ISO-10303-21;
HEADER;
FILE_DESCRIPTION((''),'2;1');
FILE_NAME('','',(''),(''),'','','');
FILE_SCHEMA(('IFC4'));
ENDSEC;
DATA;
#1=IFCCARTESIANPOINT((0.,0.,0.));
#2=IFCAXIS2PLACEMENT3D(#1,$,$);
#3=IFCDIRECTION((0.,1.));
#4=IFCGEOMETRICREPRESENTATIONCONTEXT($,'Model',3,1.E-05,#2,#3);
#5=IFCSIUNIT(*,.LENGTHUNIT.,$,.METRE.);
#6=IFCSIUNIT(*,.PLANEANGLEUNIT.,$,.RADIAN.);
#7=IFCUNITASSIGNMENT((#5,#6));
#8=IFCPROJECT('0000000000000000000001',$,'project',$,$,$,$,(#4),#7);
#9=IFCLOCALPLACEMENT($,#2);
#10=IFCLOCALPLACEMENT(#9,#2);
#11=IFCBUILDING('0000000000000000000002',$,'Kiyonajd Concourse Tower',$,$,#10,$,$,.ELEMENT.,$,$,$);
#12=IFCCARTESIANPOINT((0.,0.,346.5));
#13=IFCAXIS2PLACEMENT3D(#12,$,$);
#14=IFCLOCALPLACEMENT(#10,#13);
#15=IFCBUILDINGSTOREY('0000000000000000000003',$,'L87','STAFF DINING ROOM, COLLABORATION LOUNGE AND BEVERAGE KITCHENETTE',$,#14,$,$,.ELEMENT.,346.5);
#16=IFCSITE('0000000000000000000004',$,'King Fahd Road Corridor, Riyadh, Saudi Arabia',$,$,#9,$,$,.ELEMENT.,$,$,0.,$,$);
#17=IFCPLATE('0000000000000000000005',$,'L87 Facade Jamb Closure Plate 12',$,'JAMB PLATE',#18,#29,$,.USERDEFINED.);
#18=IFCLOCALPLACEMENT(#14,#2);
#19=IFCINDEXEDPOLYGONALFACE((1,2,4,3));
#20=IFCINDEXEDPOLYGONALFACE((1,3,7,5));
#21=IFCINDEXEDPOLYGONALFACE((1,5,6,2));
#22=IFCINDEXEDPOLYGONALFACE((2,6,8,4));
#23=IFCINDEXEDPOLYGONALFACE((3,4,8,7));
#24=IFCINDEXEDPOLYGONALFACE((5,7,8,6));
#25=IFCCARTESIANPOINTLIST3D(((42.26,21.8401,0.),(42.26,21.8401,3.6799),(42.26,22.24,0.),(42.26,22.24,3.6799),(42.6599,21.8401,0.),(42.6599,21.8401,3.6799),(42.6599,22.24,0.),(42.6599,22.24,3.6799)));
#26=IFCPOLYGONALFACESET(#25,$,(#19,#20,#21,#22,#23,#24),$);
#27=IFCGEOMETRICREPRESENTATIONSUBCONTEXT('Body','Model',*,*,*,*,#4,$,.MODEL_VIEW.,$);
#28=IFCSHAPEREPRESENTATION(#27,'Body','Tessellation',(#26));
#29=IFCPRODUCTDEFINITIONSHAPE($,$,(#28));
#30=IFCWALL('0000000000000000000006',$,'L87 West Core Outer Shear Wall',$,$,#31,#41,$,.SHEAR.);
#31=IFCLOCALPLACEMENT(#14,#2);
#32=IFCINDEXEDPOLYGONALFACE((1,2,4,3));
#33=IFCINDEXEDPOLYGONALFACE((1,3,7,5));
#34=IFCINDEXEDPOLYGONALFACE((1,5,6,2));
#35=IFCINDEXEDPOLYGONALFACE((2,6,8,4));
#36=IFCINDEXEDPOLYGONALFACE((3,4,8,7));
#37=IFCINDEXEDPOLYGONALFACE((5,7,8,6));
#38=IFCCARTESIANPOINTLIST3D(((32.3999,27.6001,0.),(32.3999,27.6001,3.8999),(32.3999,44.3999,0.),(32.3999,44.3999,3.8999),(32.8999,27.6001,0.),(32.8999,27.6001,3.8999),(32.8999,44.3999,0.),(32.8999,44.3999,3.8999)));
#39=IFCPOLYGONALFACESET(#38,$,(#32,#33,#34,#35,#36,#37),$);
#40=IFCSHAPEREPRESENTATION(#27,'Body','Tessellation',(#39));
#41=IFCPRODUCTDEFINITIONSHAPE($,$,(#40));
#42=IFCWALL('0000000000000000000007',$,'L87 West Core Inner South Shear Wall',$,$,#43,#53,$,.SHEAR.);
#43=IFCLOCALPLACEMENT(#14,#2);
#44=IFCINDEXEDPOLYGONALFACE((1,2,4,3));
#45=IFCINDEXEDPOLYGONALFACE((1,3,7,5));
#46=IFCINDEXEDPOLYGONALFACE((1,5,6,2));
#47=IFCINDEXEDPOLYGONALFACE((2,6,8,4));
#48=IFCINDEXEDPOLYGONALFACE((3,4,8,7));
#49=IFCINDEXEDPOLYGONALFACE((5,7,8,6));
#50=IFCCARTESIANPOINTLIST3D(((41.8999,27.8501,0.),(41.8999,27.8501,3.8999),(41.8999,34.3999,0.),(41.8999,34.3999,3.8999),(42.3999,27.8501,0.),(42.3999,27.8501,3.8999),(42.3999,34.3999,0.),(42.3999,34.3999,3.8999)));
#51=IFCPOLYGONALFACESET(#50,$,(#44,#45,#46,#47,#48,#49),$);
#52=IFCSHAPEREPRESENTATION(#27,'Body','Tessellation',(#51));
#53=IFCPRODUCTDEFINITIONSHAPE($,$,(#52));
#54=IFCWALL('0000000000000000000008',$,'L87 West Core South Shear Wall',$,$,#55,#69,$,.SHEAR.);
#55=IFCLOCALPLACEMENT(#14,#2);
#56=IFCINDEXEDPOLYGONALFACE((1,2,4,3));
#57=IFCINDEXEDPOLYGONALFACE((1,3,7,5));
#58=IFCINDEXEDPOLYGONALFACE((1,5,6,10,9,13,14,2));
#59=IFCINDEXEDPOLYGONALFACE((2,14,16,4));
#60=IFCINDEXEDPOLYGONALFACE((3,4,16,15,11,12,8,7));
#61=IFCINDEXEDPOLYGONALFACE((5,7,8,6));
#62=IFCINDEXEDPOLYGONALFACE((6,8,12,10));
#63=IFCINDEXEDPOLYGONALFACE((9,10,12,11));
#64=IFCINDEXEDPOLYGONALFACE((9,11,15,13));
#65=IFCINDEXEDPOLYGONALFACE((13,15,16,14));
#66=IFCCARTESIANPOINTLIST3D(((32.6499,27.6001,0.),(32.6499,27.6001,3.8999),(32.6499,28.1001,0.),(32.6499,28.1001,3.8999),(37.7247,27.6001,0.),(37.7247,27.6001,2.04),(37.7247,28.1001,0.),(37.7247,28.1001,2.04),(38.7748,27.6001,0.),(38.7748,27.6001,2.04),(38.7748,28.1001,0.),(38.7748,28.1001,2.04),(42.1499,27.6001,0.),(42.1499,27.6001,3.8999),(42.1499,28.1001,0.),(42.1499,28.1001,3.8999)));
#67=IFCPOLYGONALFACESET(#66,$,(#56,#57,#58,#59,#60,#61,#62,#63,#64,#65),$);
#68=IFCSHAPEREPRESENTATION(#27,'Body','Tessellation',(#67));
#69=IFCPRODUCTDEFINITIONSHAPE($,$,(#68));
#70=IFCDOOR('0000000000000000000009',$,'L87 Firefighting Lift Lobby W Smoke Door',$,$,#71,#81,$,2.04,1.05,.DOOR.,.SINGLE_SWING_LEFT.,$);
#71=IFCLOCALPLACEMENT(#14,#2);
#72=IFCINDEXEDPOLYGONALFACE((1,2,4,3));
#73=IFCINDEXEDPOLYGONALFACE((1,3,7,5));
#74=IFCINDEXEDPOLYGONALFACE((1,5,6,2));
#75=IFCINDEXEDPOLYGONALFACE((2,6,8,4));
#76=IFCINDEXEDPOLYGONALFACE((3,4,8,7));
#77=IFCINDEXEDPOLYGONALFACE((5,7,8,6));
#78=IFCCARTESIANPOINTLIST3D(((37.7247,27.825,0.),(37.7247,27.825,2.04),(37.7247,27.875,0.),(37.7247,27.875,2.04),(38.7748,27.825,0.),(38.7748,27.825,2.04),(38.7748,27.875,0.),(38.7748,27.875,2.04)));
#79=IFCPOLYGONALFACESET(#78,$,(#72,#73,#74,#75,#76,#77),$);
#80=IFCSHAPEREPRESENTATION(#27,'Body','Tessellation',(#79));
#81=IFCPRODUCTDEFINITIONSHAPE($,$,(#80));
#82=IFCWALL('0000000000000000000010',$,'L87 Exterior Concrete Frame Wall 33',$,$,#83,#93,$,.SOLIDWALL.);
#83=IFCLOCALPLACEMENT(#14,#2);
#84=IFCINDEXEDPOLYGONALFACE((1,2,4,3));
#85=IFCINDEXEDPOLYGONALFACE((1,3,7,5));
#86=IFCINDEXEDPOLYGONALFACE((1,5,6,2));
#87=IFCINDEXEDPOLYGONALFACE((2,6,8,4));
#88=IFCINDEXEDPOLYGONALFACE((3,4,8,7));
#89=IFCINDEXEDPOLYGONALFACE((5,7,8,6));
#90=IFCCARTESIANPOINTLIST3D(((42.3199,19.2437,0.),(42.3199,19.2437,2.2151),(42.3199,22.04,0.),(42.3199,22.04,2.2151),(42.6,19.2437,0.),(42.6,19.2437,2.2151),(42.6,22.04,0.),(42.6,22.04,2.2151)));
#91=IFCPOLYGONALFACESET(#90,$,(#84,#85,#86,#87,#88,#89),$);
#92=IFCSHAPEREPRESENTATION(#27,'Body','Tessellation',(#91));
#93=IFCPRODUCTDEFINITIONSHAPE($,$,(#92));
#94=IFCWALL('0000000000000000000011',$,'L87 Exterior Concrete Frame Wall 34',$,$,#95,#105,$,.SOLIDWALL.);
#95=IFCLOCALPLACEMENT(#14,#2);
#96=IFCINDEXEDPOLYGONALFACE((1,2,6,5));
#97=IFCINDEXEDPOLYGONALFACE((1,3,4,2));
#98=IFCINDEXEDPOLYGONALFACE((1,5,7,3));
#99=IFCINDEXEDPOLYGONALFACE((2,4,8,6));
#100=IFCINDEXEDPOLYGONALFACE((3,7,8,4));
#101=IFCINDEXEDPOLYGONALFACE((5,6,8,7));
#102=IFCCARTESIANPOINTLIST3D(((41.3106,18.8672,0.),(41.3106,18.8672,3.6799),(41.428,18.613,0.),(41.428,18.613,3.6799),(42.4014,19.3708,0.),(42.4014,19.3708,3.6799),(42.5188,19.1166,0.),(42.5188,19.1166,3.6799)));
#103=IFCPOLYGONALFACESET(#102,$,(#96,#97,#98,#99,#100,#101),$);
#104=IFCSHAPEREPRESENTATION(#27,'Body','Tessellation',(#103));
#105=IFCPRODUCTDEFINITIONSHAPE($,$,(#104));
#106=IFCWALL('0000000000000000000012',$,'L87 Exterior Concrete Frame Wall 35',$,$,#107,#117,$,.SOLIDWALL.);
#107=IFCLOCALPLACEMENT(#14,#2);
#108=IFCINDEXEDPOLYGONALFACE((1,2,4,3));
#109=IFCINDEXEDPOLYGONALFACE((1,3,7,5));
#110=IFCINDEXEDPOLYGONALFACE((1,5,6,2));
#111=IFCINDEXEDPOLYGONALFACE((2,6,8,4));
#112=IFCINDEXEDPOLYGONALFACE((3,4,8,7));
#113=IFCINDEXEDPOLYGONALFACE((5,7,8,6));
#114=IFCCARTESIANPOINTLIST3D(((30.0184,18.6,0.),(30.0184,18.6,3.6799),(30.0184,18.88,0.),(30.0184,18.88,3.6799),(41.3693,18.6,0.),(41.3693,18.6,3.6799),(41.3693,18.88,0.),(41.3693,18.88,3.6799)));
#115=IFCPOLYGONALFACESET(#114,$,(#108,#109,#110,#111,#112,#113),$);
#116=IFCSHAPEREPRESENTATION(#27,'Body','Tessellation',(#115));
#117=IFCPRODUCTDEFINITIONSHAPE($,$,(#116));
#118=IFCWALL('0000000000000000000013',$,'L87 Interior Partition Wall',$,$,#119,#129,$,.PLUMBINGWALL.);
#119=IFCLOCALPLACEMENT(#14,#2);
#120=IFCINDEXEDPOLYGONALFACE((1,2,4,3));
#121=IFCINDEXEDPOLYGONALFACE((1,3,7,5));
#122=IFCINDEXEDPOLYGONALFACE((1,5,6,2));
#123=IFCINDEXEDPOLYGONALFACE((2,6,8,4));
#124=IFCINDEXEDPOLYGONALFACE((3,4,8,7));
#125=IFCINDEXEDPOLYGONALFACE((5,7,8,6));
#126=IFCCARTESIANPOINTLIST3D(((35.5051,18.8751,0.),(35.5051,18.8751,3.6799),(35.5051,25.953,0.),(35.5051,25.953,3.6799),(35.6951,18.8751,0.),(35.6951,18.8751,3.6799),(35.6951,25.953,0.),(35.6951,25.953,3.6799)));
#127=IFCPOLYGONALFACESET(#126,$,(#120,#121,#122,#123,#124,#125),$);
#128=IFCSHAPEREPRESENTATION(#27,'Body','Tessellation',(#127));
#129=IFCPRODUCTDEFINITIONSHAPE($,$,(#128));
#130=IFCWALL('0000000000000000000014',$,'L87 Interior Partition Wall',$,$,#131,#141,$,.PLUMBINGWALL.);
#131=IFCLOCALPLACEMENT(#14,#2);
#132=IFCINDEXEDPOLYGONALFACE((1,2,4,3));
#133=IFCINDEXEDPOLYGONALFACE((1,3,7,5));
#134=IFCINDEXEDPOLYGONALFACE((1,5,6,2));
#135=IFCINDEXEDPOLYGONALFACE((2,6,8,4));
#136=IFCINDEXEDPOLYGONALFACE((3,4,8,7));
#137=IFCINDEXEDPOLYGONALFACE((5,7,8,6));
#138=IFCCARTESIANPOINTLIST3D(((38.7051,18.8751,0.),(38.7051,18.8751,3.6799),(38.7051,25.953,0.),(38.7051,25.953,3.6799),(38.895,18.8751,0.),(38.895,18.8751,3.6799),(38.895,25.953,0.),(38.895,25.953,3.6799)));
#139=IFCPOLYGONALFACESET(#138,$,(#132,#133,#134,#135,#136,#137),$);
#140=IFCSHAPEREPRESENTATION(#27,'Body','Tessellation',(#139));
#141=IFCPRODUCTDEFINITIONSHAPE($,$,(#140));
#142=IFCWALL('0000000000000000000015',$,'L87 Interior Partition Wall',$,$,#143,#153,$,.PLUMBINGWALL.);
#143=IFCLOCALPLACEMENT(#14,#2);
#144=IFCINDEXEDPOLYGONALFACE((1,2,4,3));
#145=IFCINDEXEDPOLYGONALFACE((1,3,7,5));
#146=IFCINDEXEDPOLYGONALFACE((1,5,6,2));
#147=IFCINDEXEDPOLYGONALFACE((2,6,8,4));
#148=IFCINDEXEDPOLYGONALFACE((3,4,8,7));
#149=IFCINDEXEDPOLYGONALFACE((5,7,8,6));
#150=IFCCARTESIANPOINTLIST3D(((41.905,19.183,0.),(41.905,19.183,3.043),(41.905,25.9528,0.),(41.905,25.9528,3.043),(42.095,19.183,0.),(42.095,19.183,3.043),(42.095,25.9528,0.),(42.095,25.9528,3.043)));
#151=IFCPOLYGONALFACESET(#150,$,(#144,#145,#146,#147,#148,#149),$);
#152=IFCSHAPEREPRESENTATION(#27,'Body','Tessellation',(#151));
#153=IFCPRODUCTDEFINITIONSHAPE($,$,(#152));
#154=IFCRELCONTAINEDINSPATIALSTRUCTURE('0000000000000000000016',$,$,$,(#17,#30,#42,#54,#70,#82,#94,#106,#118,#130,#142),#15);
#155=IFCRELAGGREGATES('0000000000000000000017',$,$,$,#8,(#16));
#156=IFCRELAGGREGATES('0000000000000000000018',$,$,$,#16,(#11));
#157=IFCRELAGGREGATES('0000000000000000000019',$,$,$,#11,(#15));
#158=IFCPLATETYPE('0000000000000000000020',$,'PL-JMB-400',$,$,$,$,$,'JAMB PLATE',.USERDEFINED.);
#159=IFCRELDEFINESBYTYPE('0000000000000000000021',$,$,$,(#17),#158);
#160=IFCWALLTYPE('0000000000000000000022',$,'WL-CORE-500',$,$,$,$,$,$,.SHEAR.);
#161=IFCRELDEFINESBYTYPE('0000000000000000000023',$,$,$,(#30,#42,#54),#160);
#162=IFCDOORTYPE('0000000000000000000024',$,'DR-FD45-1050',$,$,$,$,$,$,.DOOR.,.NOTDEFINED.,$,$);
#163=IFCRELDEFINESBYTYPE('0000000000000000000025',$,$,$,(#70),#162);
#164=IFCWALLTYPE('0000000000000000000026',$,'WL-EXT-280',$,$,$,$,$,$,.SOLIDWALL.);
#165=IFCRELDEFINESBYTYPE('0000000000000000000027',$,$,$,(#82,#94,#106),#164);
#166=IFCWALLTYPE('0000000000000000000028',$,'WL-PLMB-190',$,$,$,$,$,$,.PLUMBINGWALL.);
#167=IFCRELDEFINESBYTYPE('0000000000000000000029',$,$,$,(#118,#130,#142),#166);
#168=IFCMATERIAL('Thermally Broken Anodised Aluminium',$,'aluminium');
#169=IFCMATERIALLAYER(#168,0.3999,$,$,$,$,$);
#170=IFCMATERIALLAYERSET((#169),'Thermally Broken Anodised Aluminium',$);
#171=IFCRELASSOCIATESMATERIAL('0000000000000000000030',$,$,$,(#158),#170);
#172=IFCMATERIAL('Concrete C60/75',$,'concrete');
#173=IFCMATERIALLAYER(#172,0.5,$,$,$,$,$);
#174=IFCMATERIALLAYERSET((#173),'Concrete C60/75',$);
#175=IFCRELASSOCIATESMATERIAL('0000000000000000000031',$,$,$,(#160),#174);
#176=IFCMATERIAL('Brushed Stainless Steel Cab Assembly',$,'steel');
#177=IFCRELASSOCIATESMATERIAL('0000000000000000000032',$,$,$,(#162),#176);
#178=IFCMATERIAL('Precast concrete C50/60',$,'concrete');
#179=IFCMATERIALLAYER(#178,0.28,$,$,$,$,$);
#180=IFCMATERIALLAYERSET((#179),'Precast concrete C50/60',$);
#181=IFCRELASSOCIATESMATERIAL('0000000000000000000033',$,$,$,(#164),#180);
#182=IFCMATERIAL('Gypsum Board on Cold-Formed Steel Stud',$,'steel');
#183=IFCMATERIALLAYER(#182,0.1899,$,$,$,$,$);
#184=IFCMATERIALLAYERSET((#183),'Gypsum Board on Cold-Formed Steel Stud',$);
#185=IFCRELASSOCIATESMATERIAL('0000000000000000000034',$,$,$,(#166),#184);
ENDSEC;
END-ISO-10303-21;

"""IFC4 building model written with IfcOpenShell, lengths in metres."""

from ifc_helpers import new_model, si_unit, direction, frame, frame_2d, origin, origin_2d, place, context, subcontext, project, spatial, rectangle, extrude, material, layer, layer_set, type_object, element, fill, save


model = new_model("IFC4")

# Units and contexts
model_context = context("Model", 3, precision=1e-05, world=origin(), true_north=direction((0.0, 1.0)))
body_context = subcontext(model_context, "Body", "Model", "MODEL_VIEW")
ifc_project = project(units=[si_unit("LENGTHUNIT", "METRE"), si_unit("PLANEANGLEUNIT", "RADIAN")], contexts=[model_context])

# Site, building, storey
site_placement = place(None, origin())
site = spatial("IfcSite", under=ifc_project, at=site_placement, Name="King Fahd Road Corridor, Riyadh, Saudi Arabia", CompositionType="ELEMENT", RefElevation=0.0)
building_placement = place(site_placement, origin())
building = spatial("IfcBuilding", under=site, at=building_placement, Name="Kiyonajd Concourse Tower", CompositionType="ELEMENT")
storey_placement = place(building_placement, frame((0.0, 0.0, 346.5)))
storey = spatial("IfcBuildingStorey", under=building, at=storey_placement, Name="L87", Description="STAFF DINING ROOM, COLLABORATION LOUNGE AND BEVERAGE KITCHENETTE", CompositionType="ELEMENT", Elevation=346.5)

# Shared definitions
ifc_material_1 = material(Name="Concrete C60/75", Category="concrete")

# Plate
ifc_material_2 = material(Name="Thermally Broken Anodised Aluminium", Category="aluminium")
ifc_layer_1 = layer(ifc_material_2, 0.3999)
ifc_layer_set_1 = layer_set([ifc_layer_1], Name="Thermally Broken Anodised Aluminium")
plate_type_1 = type_object("IfcPlateType", Name="PL-JMB-400", ElementType="JAMB PLATE", PredefinedType="USERDEFINED", material=ifc_layer_set_1)
plate_1_placement = place(storey_placement, frame((42.46, 22.04, 0.0), z_axis=(0.0, 0.0, 1.0), x_axis=(1.0, 0.0, 0.0)))
element("IfcPlate", 1, at=plate_1_placement, inside=storey, type_object=plate_type_1, Name="L87 Facade Jamb Closure Plate 12", ObjectType="JAMB PLATE", PredefinedType="USERDEFINED", context=body_context, shape_type="SweptSolid", body=[
    extrude(rectangle(XDim=0.3999, YDim=0.3999, at=origin_2d()), origin(), (0.0, 0.0, 1.0), 3.6799),
])

# Walls
ifc_layer_2 = layer(ifc_material_1, 0.5)
ifc_layer_set_2 = layer_set([ifc_layer_2], Name="Concrete C60/75")
wall_type_1 = type_object("IfcWallType", Name="WL-CORE-500", PredefinedType="SHEAR", material=ifc_layer_set_2)
wall_1_placement = place(storey_placement, frame((32.6499, 27.6001, 0.0), z_axis=(0.0, 0.0, 1.0), x_axis=(0.0, 1.0, 0.0)))
element("IfcWall", 2, at=wall_1_placement, inside=storey, type_object=wall_type_1, Name="L87 West Core Outer Shear Wall", PredefinedType="SHEAR", context=body_context, shape_type="SweptSolid", body=[
    extrude(rectangle(XDim=16.7998, YDim=0.5, at=frame_2d((8.3999, 0.0))), origin(), (0.0, 0.0, 1.0), 3.8999),
])
wall_2_placement = place(storey_placement, frame((42.1499, 27.8501, 0.0), z_axis=(0.0, 0.0, 1.0), x_axis=(0.0, 1.0, 0.0)))
element("IfcWall", 3, at=wall_2_placement, inside=storey, type_object=wall_type_1, Name="L87 West Core Inner South Shear Wall", PredefinedType="SHEAR", context=body_context, shape_type="SweptSolid", body=[
    extrude(rectangle(XDim=6.5498, YDim=0.5, at=frame_2d((3.2749, 0.0))), origin(), (0.0, 0.0, 1.0), 3.8999),
])

# Wall, opening, door
wall_3_placement = place(storey_placement, frame((32.6499, 27.8501, 0.0), z_axis=(0.0, 0.0, 1.0), x_axis=(1.0, 0.0, 0.0)))
wall_3 = element("IfcWall", 4, at=wall_3_placement, inside=storey, type_object=wall_type_1, Name="L87 West Core South Shear Wall", PredefinedType="SHEAR", context=body_context, shape_type="SweptSolid", body=[
    extrude(rectangle(XDim=9.5, YDim=0.5, at=frame_2d((4.75, 0.0))), origin(), (0.0, 0.0, 1.0), 3.8999),
])
opening_placement = place(wall_3_placement, frame((5.075, 0.0, 0.0)))
opening = element("IfcOpeningElement", 5, at=opening_placement, cuts=wall_3, PredefinedType="OPENING", context=body_context, shape_type="SweptSolid", body=[
    extrude(rectangle(XDim=1.05, YDim=2.04, at=frame_2d((0.5249, 1.02))), frame((0.0, 0.26, 0.0), z_axis=(0.0, -1.0, 0.0), x_axis=(1.0, 0.0, 0.0)), (0.0, 0.0, 1.0), 0.52),
])
ifc_material_3 = material(Name="Brushed Stainless Steel Cab Assembly", Category="steel")
door_type = type_object("IfcDoorType", Name="DR-FD45-1050", OperationType="NOTDEFINED", PredefinedType="DOOR", material=ifc_material_3)
door_placement = place(opening_placement, origin())
door = element("IfcDoor", 6, at=door_placement, inside=storey, type_object=door_type, Name="L87 Firefighting Lift Lobby W Smoke Door", OperationType="SINGLE_SWING_LEFT", OverallHeight=2.04, OverallWidth=1.05, PredefinedType="DOOR", context=body_context, shape_type="SweptSolid", body=[
    extrude(rectangle(XDim=1.05, YDim=2.04, at=frame_2d((0.5249, 1.02))), frame((0.0, 0.0249, 0.0), z_axis=(0.0, -1.0, 0.0), x_axis=(1.0, 0.0, 0.0)), (0.0, 0.0, 1.0), 0.05),
])
fill(opening, door)

# Walls
ifc_material_4 = material(Name="Precast concrete C50/60", Category="concrete")
ifc_layer_3 = layer(ifc_material_4, 0.28)
ifc_layer_set_3 = layer_set([ifc_layer_3], Name="Precast concrete C50/60")
wall_type_2 = type_object("IfcWallType", Name="WL-EXT-280", PredefinedType="SOLIDWALL", material=ifc_layer_set_3)
wall_4_placement = place(storey_placement, frame((42.46, 22.04, 0.0), z_axis=(0.0, 0.0, 1.0), x_axis=(0.0, -1.0, 0.0)))
element("IfcWall", 7, at=wall_4_placement, inside=storey, type_object=wall_type_2, Name="L87 Exterior Concrete Frame Wall 33", PredefinedType="SOLIDWALL", context=body_context, shape_type="SweptSolid", body=[
    extrude(rectangle(XDim=2.7964, YDim=0.28, at=frame_2d((1.3982, 0.0))), origin(), (0.0, 0.0, 1.0), 2.2151),
])
wall_5_placement = place(storey_placement, frame((42.46, 19.2437, 0.0), z_axis=(0.0, 0.0, 1.0), x_axis=(-0.907894, -0.4192, 0.0)))
element("IfcWall", 8, at=wall_5_placement, inside=storey, type_object=wall_type_2, Name="L87 Exterior Concrete Frame Wall 34", PredefinedType="SOLIDWALL", context=body_context, shape_type="SweptSolid", body=[
    extrude(rectangle(XDim=1.2014, YDim=0.28, at=frame_2d((0.6006, 0.0))), origin(), (0.0, 0.0, 1.0), 3.6799),
])
wall_6_placement = place(storey_placement, frame((41.3691, 18.74, 0.0), z_axis=(0.0, 0.0, 1.0), x_axis=(-1.0, 0.0, 0.0)))
element("IfcWall", 9, at=wall_6_placement, inside=storey, type_object=wall_type_2, Name="L87 Exterior Concrete Frame Wall 35", PredefinedType="SOLIDWALL", context=body_context, shape_type="SweptSolid", body=[
    extrude(rectangle(XDim=11.3508, YDim=0.28, at=frame_2d((5.6753, 0.0))), origin(), (0.0, 0.0, 1.0), 3.6799),
])
ifc_material_5 = material(Name="Gypsum Board on Cold-Formed Steel Stud", Category="steel")
ifc_layer_4 = layer(ifc_material_5, 0.1899)
ifc_layer_set_4 = layer_set([ifc_layer_4], Name="Gypsum Board on Cold-Formed Steel Stud")
wall_type_3 = type_object("IfcWallType", Name="WL-PLMB-190", PredefinedType="PLUMBINGWALL", material=ifc_layer_set_4)
for number, where, z_axis, x_axis, name in (
    (10, (35.6001, 18.875, 0.0), (0.0, 0.0, 1.0), (0.0, 1.0, 0.0), "L87 Interior Partition Wall"),
    (11, (38.8, 18.875, 0.0), (0.0, 0.0, 1.0), (0.0, 1.0, 0.0), "L87 Interior Partition Wall"),
):
    element("IfcWall", number, at=place(storey_placement, frame(where, z_axis=z_axis, x_axis=x_axis)), inside=storey, type_object=wall_type_3, Name=name, PredefinedType="PLUMBINGWALL", context=body_context, shape_type="SweptSolid", body=[
        extrude(rectangle(XDim=7.0779, YDim=0.1899, at=frame_2d((3.5391, 0.0))), origin(), (0.0, 0.0, 1.0), 3.6799),
    ])
wall_7_placement = place(storey_placement, frame((42.0, 19.1831, 0.0), z_axis=(0.0, 0.0, 1.0), x_axis=(0.0, 1.0, 0.0)))
element("IfcWall", 12, at=wall_7_placement, inside=storey, type_object=wall_type_3, Name="L87 Interior Partition Wall", PredefinedType="PLUMBINGWALL", context=body_context, shape_type="SweptSolid", body=[
    extrude(rectangle(XDim=6.7698, YDim=0.1899, at=frame_2d((3.3848, 0.0))), origin(), (0.0, 0.0, 1.0), 3.043),
])

save(model, "model.ifc")
